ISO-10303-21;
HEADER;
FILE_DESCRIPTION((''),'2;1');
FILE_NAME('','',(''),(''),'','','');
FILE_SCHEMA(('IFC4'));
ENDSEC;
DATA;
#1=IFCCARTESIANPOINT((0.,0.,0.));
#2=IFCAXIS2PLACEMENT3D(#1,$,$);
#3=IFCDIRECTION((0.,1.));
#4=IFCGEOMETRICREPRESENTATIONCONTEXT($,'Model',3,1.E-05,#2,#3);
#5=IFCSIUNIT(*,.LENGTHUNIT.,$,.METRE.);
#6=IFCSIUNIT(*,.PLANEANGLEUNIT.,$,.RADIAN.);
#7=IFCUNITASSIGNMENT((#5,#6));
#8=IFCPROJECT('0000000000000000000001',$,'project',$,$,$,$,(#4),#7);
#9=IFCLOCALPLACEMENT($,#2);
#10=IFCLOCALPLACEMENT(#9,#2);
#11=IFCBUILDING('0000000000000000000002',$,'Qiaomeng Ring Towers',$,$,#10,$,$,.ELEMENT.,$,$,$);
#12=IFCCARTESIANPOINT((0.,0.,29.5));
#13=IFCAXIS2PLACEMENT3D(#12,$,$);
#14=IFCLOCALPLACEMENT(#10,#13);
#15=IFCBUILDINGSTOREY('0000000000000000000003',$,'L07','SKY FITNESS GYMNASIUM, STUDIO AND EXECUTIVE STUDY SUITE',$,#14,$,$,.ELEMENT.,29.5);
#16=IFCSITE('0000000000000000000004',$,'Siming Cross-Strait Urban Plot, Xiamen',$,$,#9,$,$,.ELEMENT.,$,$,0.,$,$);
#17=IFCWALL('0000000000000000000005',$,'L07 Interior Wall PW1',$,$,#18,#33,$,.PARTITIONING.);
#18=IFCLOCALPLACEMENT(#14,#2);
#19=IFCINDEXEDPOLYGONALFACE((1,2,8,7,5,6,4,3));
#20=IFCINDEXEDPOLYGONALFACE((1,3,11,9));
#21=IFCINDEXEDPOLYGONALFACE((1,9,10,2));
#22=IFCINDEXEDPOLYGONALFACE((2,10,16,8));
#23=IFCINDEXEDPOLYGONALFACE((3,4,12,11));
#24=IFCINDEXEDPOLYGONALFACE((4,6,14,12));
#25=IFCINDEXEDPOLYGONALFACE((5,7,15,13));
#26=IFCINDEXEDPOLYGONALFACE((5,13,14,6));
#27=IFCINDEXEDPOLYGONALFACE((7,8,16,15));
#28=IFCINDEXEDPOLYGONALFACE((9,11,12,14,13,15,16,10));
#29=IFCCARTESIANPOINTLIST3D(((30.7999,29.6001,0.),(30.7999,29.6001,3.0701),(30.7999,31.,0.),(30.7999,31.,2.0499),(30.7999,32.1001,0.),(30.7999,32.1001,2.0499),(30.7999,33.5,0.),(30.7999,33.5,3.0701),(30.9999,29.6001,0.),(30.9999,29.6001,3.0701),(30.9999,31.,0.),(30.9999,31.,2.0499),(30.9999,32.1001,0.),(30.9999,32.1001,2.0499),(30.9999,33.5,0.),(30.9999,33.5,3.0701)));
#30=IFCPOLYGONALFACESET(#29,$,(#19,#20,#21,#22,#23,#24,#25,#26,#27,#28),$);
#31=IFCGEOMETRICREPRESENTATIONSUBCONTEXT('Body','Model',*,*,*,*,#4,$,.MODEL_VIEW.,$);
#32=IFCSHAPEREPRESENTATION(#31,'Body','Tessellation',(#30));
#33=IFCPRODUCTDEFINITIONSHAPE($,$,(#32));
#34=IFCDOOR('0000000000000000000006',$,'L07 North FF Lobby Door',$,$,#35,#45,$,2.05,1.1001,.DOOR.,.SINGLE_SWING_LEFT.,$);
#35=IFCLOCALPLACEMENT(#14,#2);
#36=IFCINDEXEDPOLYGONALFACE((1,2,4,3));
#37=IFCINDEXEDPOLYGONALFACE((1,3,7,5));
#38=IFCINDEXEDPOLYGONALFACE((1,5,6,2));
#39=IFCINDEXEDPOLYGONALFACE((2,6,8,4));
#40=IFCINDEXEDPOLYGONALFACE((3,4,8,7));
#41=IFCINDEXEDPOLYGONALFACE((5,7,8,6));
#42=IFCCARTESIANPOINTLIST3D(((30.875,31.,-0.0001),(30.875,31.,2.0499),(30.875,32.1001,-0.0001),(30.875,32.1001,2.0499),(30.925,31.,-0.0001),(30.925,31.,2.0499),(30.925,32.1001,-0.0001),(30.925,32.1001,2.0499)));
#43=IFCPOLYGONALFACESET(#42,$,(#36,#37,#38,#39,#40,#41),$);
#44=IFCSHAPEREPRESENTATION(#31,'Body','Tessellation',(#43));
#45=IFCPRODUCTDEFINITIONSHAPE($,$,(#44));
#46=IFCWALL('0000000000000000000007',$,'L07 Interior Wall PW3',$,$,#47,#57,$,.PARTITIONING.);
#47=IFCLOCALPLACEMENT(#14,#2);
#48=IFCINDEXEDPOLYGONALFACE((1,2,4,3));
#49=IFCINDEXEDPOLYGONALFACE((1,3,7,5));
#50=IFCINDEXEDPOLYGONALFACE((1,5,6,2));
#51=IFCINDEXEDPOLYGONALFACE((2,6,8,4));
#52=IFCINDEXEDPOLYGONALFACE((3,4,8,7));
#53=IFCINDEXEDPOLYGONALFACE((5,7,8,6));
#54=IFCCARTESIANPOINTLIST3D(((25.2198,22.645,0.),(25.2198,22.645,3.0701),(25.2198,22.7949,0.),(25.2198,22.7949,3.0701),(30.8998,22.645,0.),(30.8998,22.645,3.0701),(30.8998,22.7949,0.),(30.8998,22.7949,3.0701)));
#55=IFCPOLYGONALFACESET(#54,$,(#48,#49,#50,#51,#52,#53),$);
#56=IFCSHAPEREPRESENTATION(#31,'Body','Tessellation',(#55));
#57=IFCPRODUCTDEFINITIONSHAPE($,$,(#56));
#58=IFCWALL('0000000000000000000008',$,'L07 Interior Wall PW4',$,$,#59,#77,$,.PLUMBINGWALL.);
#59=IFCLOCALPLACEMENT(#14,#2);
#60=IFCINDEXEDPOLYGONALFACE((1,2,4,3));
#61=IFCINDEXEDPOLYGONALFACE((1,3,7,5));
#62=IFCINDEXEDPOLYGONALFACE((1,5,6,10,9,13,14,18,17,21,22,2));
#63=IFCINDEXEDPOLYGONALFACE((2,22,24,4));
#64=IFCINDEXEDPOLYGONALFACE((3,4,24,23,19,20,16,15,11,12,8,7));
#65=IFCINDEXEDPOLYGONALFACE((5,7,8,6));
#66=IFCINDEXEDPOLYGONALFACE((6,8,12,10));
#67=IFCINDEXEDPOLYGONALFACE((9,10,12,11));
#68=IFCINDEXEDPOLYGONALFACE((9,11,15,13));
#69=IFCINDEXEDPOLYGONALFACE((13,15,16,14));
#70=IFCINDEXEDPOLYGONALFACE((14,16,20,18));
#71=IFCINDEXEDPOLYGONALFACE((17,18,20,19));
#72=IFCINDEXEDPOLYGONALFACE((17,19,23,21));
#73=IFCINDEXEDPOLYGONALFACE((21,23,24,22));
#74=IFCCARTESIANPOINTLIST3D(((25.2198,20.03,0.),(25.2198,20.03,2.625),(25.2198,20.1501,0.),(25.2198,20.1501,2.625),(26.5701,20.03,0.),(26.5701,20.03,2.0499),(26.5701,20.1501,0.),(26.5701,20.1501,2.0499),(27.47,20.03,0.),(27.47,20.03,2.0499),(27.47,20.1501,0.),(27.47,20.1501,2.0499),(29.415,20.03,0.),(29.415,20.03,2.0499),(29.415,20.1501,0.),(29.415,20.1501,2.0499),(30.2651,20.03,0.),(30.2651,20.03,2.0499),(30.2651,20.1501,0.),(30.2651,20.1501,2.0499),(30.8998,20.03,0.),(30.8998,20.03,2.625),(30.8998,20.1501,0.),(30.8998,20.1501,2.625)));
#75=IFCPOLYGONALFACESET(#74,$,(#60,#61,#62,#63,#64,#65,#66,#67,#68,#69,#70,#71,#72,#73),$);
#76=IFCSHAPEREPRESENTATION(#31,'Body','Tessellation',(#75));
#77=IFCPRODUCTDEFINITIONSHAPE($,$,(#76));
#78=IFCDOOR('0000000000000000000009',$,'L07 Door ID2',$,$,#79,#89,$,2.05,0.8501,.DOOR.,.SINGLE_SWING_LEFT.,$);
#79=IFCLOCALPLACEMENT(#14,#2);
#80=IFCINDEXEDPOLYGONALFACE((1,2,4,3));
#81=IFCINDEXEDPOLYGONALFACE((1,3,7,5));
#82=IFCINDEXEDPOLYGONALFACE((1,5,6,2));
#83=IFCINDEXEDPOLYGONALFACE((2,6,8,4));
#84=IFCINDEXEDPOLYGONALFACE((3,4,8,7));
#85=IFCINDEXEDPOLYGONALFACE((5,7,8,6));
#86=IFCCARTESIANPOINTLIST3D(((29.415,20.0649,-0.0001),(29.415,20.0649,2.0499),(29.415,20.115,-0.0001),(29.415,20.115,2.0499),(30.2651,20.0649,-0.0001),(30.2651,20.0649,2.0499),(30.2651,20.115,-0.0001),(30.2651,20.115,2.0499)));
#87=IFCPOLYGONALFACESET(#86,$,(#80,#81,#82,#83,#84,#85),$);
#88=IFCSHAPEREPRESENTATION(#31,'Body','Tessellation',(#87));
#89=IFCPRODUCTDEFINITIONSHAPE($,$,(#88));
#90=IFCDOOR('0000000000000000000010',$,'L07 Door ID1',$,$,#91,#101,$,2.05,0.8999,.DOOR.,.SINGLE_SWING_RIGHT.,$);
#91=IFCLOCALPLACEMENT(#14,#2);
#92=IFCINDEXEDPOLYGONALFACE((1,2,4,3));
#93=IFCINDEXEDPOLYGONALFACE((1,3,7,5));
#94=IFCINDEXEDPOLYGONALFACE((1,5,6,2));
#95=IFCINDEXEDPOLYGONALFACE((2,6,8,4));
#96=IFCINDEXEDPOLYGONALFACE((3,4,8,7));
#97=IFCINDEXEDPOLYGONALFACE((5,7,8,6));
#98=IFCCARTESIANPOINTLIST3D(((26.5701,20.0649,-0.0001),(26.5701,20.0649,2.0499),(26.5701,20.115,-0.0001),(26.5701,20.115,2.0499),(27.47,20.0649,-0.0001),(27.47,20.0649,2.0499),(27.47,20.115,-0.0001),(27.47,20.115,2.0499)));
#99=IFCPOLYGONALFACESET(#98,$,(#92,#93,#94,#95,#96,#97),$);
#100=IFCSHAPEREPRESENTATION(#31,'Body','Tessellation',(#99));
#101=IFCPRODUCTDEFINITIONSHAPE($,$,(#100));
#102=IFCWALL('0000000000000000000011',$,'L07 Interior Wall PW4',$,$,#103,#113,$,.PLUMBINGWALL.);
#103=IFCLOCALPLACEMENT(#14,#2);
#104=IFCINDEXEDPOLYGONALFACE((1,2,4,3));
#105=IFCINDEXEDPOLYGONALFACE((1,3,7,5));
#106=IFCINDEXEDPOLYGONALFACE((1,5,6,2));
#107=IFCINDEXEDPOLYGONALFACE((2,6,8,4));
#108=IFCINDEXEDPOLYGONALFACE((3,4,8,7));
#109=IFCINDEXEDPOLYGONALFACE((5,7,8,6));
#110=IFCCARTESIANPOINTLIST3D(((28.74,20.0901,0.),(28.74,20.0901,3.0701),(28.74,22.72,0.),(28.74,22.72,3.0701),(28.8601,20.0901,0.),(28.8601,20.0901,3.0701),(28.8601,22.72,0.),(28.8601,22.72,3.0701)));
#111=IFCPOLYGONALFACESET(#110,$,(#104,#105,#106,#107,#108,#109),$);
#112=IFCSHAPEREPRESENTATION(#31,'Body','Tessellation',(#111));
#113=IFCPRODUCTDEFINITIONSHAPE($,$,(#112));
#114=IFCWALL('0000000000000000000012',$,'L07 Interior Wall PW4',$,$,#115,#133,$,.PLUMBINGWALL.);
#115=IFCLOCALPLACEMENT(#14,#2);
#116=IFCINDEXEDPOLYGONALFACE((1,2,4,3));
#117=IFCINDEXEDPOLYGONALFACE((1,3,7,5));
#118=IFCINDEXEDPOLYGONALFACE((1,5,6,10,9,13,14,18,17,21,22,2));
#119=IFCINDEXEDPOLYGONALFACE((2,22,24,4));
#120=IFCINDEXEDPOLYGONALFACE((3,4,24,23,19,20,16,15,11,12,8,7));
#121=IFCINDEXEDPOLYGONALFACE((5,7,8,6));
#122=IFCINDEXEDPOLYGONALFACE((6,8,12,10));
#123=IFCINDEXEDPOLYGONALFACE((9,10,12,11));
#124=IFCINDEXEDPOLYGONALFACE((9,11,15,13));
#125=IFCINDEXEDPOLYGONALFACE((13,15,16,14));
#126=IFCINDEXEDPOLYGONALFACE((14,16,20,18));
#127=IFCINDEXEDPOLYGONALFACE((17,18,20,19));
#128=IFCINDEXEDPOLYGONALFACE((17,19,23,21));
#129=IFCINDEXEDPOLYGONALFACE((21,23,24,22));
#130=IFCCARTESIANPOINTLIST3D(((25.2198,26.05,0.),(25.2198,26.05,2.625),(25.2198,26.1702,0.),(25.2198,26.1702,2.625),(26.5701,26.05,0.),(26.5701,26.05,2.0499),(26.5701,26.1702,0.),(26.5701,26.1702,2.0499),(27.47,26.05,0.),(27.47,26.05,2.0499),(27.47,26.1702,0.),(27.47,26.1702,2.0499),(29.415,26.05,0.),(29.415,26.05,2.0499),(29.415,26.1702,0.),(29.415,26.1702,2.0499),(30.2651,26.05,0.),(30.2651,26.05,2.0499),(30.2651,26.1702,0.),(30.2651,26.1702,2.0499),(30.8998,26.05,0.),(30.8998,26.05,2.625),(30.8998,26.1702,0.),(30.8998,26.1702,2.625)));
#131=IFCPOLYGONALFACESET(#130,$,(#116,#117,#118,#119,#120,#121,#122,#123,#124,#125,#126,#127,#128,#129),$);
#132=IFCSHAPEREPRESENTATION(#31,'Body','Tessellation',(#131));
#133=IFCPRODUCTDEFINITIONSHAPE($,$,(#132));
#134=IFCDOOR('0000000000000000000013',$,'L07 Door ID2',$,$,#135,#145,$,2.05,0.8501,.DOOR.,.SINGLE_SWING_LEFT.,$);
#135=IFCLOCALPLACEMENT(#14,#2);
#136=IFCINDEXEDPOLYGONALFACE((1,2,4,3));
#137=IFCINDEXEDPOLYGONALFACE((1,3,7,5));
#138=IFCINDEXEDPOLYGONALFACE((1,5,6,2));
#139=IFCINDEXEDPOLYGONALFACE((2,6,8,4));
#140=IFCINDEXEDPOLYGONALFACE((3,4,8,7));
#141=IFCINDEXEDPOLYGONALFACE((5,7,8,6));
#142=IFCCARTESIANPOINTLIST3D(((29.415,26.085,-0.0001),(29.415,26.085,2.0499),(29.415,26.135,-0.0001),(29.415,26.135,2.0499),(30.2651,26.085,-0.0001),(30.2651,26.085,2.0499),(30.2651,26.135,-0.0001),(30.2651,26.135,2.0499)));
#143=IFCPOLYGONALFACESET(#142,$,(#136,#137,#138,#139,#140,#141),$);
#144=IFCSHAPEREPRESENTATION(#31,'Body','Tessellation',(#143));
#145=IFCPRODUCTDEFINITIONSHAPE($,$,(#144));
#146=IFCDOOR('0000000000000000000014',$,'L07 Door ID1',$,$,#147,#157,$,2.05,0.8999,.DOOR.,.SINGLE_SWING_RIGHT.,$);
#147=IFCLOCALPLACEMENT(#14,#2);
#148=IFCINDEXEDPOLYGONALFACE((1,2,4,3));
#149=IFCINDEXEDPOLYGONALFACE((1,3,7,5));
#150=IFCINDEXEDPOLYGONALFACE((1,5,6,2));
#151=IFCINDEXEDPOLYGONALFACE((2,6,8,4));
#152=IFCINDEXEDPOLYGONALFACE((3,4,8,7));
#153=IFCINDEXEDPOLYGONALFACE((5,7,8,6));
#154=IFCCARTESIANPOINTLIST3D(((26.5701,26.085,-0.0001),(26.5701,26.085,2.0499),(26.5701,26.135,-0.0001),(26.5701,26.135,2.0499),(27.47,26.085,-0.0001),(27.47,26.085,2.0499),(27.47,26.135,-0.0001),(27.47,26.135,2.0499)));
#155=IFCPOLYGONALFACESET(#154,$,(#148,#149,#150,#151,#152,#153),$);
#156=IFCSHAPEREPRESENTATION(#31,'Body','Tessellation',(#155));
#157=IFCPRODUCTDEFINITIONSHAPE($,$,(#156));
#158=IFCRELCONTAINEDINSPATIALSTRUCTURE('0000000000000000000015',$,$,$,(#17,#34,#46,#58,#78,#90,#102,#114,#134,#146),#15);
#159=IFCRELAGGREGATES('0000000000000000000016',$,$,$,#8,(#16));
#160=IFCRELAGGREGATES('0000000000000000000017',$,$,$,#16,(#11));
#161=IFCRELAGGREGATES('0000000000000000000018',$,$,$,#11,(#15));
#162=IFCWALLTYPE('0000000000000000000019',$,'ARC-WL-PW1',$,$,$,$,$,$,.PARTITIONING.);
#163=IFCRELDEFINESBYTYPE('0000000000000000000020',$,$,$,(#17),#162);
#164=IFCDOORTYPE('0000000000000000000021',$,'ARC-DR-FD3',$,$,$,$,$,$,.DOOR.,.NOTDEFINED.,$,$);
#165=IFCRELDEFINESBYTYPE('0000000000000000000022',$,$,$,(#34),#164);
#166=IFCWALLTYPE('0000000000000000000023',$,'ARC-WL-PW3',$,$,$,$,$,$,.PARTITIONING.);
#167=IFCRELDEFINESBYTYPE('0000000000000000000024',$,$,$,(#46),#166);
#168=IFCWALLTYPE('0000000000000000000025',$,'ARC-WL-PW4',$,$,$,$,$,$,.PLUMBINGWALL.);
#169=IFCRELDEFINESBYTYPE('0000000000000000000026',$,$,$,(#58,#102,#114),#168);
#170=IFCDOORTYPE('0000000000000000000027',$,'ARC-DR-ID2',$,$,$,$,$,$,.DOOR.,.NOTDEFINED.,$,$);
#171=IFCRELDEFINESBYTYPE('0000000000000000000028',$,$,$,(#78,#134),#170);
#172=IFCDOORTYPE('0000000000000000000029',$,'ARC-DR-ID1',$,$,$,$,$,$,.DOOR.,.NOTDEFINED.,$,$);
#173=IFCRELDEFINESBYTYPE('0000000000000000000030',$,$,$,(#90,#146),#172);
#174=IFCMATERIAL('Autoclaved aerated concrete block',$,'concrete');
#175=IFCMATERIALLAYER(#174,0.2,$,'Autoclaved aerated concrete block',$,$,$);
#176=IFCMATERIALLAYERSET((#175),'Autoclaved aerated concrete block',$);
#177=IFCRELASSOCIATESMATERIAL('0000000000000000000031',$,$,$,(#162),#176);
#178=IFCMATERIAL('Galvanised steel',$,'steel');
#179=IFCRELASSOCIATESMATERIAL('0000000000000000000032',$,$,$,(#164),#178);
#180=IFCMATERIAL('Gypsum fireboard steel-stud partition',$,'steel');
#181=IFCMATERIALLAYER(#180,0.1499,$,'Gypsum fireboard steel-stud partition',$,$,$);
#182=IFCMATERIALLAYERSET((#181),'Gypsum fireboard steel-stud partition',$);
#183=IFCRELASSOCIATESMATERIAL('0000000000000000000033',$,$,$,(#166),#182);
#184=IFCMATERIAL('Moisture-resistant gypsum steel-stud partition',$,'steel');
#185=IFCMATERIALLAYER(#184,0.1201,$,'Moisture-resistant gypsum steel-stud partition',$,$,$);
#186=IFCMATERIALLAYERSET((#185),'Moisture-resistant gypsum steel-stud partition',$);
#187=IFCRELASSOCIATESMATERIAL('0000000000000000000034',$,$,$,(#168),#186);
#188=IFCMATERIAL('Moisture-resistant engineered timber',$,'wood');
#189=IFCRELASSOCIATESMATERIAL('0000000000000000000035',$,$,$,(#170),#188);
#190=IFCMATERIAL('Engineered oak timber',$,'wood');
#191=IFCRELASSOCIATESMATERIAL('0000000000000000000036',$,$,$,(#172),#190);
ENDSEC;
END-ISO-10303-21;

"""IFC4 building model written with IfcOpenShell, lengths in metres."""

from ifc_helpers import new_model, si_unit, direction, frame, frame_2d, origin, place, context, subcontext, project, spatial, rectangle, extrude, source, transform, mapped, material, layer, layer_set, type_object, element, fill, save


model = new_model("IFC4")

# Units and contexts
model_context = context("Model", 3, precision=1e-05, world=origin(), true_north=direction((0.0, 1.0)))
body_context = subcontext(model_context, "Body", "Model", "MODEL_VIEW")
ifc_project = project(units=[si_unit("LENGTHUNIT", "METRE"), si_unit("PLANEANGLEUNIT", "RADIAN")], contexts=[model_context])

# Site, building, storey
site_placement = place(None, origin())
site = spatial("IfcSite", under=ifc_project, at=site_placement, Name="Siming Cross-Strait Urban Plot, Xiamen", CompositionType="ELEMENT", RefElevation=0.0)
building_placement = place(site_placement, origin())
building = spatial("IfcBuilding", under=site, at=building_placement, Name="Qiaomeng Ring Towers", CompositionType="ELEMENT")
storey_placement = place(building_placement, frame((0.0, 0.0, 29.5)))
storey = spatial("IfcBuildingStorey", under=building, at=storey_placement, Name="L07", Description="SKY FITNESS GYMNASIUM, STUDIO AND EXECUTIVE STUDY SUITE", CompositionType="ELEMENT", Elevation=29.5)

# Shared definitions
ifc_material_1 = material(Name="Autoclaved aerated concrete block", Category="concrete")
ifc_layer_1 = layer(ifc_material_1, 0.2, Name="Autoclaved aerated concrete block")
ifc_layer_set_1 = layer_set([ifc_layer_1], Name="Autoclaved aerated concrete block")
wall_type_1 = type_object("IfcWallType", Name="ARC-WL-PW1", PredefinedType="PARTITIONING", material=ifc_layer_set_1)

# Wall, opening, door
wall_1_placement = place(storey_placement, frame((30.8999, 29.6001, 0.0), z_axis=(0.0, 0.0, 1.0), x_axis=(0.0, 1.0, 0.0)))
wall_1 = element("IfcWall", 1, at=wall_1_placement, inside=storey, type_object=wall_type_1, Name="L07 Interior Wall PW1", PredefinedType="PARTITIONING", context=body_context, shape_type="SweptSolid", body=[
    extrude(rectangle(XDim=3.8999, YDim=0.2, at=frame_2d((1.95, 0.0))), origin(), (0.0, 0.0, 1.0), 3.0701),
])
opening_1_placement = place(wall_1_placement, frame((1.3999, 0.0, 0.0)))
opening_1 = element("IfcOpeningElement", 2, at=opening_1_placement, cuts=wall_1, PredefinedType="OPENING", context=body_context, shape_type="SweptSolid", body=[
    extrude(rectangle(XDim=1.1001, YDim=2.05, at=frame_2d((0.55, 1.0249))), frame((0.0, 0.1099, 0.0), z_axis=(0.0, -1.0, 0.0), x_axis=(1.0, 0.0, 0.0)), (0.0, 0.0, 1.0), 0.22),
])
ifc_material_2 = material(Name="Galvanised steel", Category="steel")
door_type_1 = type_object("IfcDoorType", Name="ARC-DR-FD3", OperationType="NOTDEFINED", PredefinedType="DOOR", material=ifc_material_2)
shared_shape_1 = source(origin(), body_context, "Body", "SweptSolid", [
    extrude(rectangle(XDim=1.1001, YDim=2.05, at=frame_2d((0.55, 1.0249))), frame((0.0, 0.0249, 0.0), z_axis=(0.0, -1.0, 0.0), x_axis=(1.0, 0.0, 0.0)), (0.0, 0.0, 1.0), 0.05),
])
door_1_placement = place(opening_1_placement, origin())
door_1 = element("IfcDoor", 3, at=door_1_placement, inside=storey, type_object=door_type_1, Name="L07 North FF Lobby Door", OperationType="SINGLE_SWING_LEFT", OverallHeight=2.05, OverallWidth=1.1001, PredefinedType="DOOR", context=body_context, shape_type="MappedRepresentation", body=[
    mapped(shared_shape_1, transform((0.0, 0.0, 0.0), x_axis=(1.0, 0.0, 0.0), y_axis=(0.0, 1.0, 0.0), z_axis=(0.0, 0.0, 1.0), scale=1.0)),
])
fill(opening_1, door_1)

# Wall
ifc_material_3 = material(Name="Gypsum fireboard steel-stud partition", Category="steel")
ifc_layer_2 = layer(ifc_material_3, 0.1499, Name="Gypsum fireboard steel-stud partition")
ifc_layer_set_2 = layer_set([ifc_layer_2], Name="Gypsum fireboard steel-stud partition")
wall_type_2 = type_object("IfcWallType", Name="ARC-WL-PW3", PredefinedType="PARTITIONING", material=ifc_layer_set_2)
wall_2_placement = place(storey_placement, frame((25.22, 22.72, 0.0), z_axis=(0.0, 0.0, 1.0), x_axis=(1.0, 0.0, 0.0)))
element("IfcWall", 4, at=wall_2_placement, inside=storey, type_object=wall_type_2, Name="L07 Interior Wall PW3", PredefinedType="PARTITIONING", context=body_context, shape_type="SweptSolid", body=[
    extrude(rectangle(XDim=5.6799, YDim=0.1499, at=frame_2d((2.8398, 0.0))), origin(), (0.0, 0.0, 1.0), 3.0701),
])

# Wall, openings, doors
ifc_material_4 = material(Name="Moisture-resistant gypsum steel-stud partition", Category="steel")
ifc_layer_3 = layer(ifc_material_4, 0.1201, Name="Moisture-resistant gypsum steel-stud partition")
ifc_layer_set_3 = layer_set([ifc_layer_3], Name="Moisture-resistant gypsum steel-stud partition")
wall_type_3 = type_object("IfcWallType", Name="ARC-WL-PW4", PredefinedType="PLUMBINGWALL", material=ifc_layer_set_3)
wall_3_placement = place(storey_placement, frame((25.22, 20.0901, 0.0), z_axis=(0.0, 0.0, 1.0), x_axis=(1.0, 0.0, 0.0)))
wall_3 = element("IfcWall", 5, at=wall_3_placement, inside=storey, type_object=wall_type_3, Name="L07 Interior Wall PW4", PredefinedType="PLUMBINGWALL", context=body_context, shape_type="SweptSolid", body=[
    extrude(rectangle(XDim=5.6799, YDim=0.1201, at=frame_2d((2.8398, 0.0))), origin(), (0.0, 0.0, 1.0), 2.625),
])
opening_2_placement = place(wall_3_placement, frame((1.3501, 0.0, 0.0)))
opening_2 = element("IfcOpeningElement", 6, at=opening_2_placement, cuts=wall_3, PredefinedType="OPENING", context=body_context, shape_type="SweptSolid", body=[
    extrude(rectangle(XDim=0.8999, YDim=2.05, at=frame_2d((0.45, 1.0249))), frame((0.0, 0.0701, 0.0), z_axis=(0.0, -1.0, 0.0), x_axis=(1.0, 0.0, 0.0)), (0.0, 0.0, 1.0), 0.1401),
])
opening_3_placement = place(wall_3_placement, frame((4.1951, 0.0, 0.0)))
opening_3 = element("IfcOpeningElement", 7, at=opening_3_placement, cuts=wall_3, PredefinedType="OPENING", context=body_context, shape_type="SweptSolid", body=[
    extrude(rectangle(XDim=0.8501, YDim=2.05, at=frame_2d((0.425, 1.0249))), frame((0.0, 0.0701, 0.0), z_axis=(0.0, -1.0, 0.0), x_axis=(1.0, 0.0, 0.0)), (0.0, 0.0, 1.0), 0.1401),
])
ifc_material_5 = material(Name="Moisture-resistant engineered timber", Category="wood")
door_type_2 = type_object("IfcDoorType", Name="ARC-DR-ID2", OperationType="NOTDEFINED", PredefinedType="DOOR", material=ifc_material_5)
shared_shape_2 = source(origin(), body_context, "Body", "SweptSolid", [
    extrude(rectangle(XDim=0.8501, YDim=2.05, at=frame_2d((0.425, 1.0249))), frame((0.0, 0.0249, 0.0), z_axis=(0.0, -1.0, 0.0), x_axis=(1.0, 0.0, 0.0)), (0.0, 0.0, 1.0), 0.05),
])
door_2_placement = place(opening_3_placement, origin())
door_2 = element("IfcDoor", 8, at=door_2_placement, inside=storey, type_object=door_type_2, Name="L07 Door ID2", OperationType="SINGLE_SWING_LEFT", OverallHeight=2.05, OverallWidth=0.8501, PredefinedType="DOOR", context=body_context, shape_type="MappedRepresentation", body=[
    mapped(shared_shape_2, transform((0.0, 0.0, 0.0), x_axis=(1.0, 0.0, 0.0), y_axis=(0.0, 1.0, 0.0), z_axis=(0.0, 0.0, 1.0), scale=1.0)),
])
fill(opening_3, door_2)
ifc_material_6 = material(Name="Engineered oak timber", Category="wood")
door_type_3 = type_object("IfcDoorType", Name="ARC-DR-ID1", OperationType="NOTDEFINED", PredefinedType="DOOR", material=ifc_material_6)
shared_shape_3 = source(origin(), body_context, "Body", "SweptSolid", [
    extrude(rectangle(XDim=0.8999, YDim=2.05, at=frame_2d((0.45, 1.0249))), frame((0.0, 0.0249, 0.0), z_axis=(0.0, -1.0, 0.0), x_axis=(1.0, 0.0, 0.0)), (0.0, 0.0, 1.0), 0.05),
])
door_3_placement = place(opening_2_placement, origin())
door_3 = element("IfcDoor", 9, at=door_3_placement, inside=storey, type_object=door_type_3, Name="L07 Door ID1", OperationType="SINGLE_SWING_RIGHT", OverallHeight=2.05, OverallWidth=0.8999, PredefinedType="DOOR", context=body_context, shape_type="MappedRepresentation", body=[
    mapped(shared_shape_3, transform((0.0, 0.0, 0.0), x_axis=(1.0, 0.0, 0.0), y_axis=(0.0, 1.0, 0.0), z_axis=(0.0, 0.0, 1.0), scale=1.0)),
])
fill(opening_2, door_3)

# Wall
wall_4_placement = place(storey_placement, frame((28.8, 20.0901, 0.0), z_axis=(0.0, 0.0, 1.0), x_axis=(0.0, 1.0, 0.0)))
element("IfcWall", 10, at=wall_4_placement, inside=storey, type_object=wall_type_3, Name="L07 Interior Wall PW4", PredefinedType="PLUMBINGWALL", context=body_context, shape_type="SweptSolid", body=[
    extrude(rectangle(XDim=2.6299, YDim=0.1201, at=frame_2d((1.3149, 0.0))), origin(), (0.0, 0.0, 1.0), 3.0701),
])

# Wall, openings, doors
wall_5_placement = place(storey_placement, frame((25.22, 26.1101, 0.0), z_axis=(0.0, 0.0, 1.0), x_axis=(1.0, 0.0, 0.0)))
wall_5 = element("IfcWall", 11, at=wall_5_placement, inside=storey, type_object=wall_type_3, Name="L07 Interior Wall PW4", PredefinedType="PLUMBINGWALL", context=body_context, shape_type="SweptSolid", body=[
    extrude(rectangle(XDim=5.6799, YDim=0.1201, at=frame_2d((2.8398, 0.0))), origin(), (0.0, 0.0, 1.0), 2.625),
])
opening_4_placement = place(wall_5_placement, frame((1.3501, 0.0, 0.0)))
opening_4 = element("IfcOpeningElement", 12, at=opening_4_placement, cuts=wall_5, PredefinedType="OPENING", context=body_context, shape_type="SweptSolid", body=[
    extrude(rectangle(XDim=0.8999, YDim=2.05, at=frame_2d((0.45, 1.0249))), frame((0.0, 0.0701, 0.0), z_axis=(0.0, -1.0, 0.0), x_axis=(1.0, 0.0, 0.0)), (0.0, 0.0, 1.0), 0.1401),
])
opening_5_placement = place(wall_5_placement, frame((4.1951, 0.0, 0.0)))
opening_5 = element("IfcOpeningElement", 13, at=opening_5_placement, cuts=wall_5, PredefinedType="OPENING", context=body_context, shape_type="SweptSolid", body=[
    extrude(rectangle(XDim=0.8501, YDim=2.05, at=frame_2d((0.425, 1.0249))), frame((0.0, 0.0701, 0.0), z_axis=(0.0, -1.0, 0.0), x_axis=(1.0, 0.0, 0.0)), (0.0, 0.0, 1.0), 0.1401),
])
door_4_placement = place(opening_5_placement, origin())
door_4 = element("IfcDoor", 14, at=door_4_placement, inside=storey, type_object=door_type_2, Name="L07 Door ID2", OperationType="SINGLE_SWING_LEFT", OverallHeight=2.05, OverallWidth=0.8501, PredefinedType="DOOR", context=body_context, shape_type="MappedRepresentation", body=[
    mapped(shared_shape_2, transform((0.0, 0.0, 0.0), x_axis=(1.0, 0.0, 0.0), y_axis=(0.0, 1.0, 0.0), z_axis=(0.0, 0.0, 1.0), scale=1.0)),
])
fill(opening_5, door_4)
door_5_placement = place(opening_4_placement, origin())
door_5 = element("IfcDoor", 15, at=door_5_placement, inside=storey, type_object=door_type_3, Name="L07 Door ID1", OperationType="SINGLE_SWING_RIGHT", OverallHeight=2.05, OverallWidth=0.8999, PredefinedType="DOOR", context=body_context, shape_type="MappedRepresentation", body=[
    mapped(shared_shape_3, transform((0.0, 0.0, 0.0), x_axis=(1.0, 0.0, 0.0), y_axis=(0.0, 1.0, 0.0), z_axis=(0.0, 0.0, 1.0), scale=1.0)),
])
fill(opening_4, door_5)

save(model, "model.ifc")
